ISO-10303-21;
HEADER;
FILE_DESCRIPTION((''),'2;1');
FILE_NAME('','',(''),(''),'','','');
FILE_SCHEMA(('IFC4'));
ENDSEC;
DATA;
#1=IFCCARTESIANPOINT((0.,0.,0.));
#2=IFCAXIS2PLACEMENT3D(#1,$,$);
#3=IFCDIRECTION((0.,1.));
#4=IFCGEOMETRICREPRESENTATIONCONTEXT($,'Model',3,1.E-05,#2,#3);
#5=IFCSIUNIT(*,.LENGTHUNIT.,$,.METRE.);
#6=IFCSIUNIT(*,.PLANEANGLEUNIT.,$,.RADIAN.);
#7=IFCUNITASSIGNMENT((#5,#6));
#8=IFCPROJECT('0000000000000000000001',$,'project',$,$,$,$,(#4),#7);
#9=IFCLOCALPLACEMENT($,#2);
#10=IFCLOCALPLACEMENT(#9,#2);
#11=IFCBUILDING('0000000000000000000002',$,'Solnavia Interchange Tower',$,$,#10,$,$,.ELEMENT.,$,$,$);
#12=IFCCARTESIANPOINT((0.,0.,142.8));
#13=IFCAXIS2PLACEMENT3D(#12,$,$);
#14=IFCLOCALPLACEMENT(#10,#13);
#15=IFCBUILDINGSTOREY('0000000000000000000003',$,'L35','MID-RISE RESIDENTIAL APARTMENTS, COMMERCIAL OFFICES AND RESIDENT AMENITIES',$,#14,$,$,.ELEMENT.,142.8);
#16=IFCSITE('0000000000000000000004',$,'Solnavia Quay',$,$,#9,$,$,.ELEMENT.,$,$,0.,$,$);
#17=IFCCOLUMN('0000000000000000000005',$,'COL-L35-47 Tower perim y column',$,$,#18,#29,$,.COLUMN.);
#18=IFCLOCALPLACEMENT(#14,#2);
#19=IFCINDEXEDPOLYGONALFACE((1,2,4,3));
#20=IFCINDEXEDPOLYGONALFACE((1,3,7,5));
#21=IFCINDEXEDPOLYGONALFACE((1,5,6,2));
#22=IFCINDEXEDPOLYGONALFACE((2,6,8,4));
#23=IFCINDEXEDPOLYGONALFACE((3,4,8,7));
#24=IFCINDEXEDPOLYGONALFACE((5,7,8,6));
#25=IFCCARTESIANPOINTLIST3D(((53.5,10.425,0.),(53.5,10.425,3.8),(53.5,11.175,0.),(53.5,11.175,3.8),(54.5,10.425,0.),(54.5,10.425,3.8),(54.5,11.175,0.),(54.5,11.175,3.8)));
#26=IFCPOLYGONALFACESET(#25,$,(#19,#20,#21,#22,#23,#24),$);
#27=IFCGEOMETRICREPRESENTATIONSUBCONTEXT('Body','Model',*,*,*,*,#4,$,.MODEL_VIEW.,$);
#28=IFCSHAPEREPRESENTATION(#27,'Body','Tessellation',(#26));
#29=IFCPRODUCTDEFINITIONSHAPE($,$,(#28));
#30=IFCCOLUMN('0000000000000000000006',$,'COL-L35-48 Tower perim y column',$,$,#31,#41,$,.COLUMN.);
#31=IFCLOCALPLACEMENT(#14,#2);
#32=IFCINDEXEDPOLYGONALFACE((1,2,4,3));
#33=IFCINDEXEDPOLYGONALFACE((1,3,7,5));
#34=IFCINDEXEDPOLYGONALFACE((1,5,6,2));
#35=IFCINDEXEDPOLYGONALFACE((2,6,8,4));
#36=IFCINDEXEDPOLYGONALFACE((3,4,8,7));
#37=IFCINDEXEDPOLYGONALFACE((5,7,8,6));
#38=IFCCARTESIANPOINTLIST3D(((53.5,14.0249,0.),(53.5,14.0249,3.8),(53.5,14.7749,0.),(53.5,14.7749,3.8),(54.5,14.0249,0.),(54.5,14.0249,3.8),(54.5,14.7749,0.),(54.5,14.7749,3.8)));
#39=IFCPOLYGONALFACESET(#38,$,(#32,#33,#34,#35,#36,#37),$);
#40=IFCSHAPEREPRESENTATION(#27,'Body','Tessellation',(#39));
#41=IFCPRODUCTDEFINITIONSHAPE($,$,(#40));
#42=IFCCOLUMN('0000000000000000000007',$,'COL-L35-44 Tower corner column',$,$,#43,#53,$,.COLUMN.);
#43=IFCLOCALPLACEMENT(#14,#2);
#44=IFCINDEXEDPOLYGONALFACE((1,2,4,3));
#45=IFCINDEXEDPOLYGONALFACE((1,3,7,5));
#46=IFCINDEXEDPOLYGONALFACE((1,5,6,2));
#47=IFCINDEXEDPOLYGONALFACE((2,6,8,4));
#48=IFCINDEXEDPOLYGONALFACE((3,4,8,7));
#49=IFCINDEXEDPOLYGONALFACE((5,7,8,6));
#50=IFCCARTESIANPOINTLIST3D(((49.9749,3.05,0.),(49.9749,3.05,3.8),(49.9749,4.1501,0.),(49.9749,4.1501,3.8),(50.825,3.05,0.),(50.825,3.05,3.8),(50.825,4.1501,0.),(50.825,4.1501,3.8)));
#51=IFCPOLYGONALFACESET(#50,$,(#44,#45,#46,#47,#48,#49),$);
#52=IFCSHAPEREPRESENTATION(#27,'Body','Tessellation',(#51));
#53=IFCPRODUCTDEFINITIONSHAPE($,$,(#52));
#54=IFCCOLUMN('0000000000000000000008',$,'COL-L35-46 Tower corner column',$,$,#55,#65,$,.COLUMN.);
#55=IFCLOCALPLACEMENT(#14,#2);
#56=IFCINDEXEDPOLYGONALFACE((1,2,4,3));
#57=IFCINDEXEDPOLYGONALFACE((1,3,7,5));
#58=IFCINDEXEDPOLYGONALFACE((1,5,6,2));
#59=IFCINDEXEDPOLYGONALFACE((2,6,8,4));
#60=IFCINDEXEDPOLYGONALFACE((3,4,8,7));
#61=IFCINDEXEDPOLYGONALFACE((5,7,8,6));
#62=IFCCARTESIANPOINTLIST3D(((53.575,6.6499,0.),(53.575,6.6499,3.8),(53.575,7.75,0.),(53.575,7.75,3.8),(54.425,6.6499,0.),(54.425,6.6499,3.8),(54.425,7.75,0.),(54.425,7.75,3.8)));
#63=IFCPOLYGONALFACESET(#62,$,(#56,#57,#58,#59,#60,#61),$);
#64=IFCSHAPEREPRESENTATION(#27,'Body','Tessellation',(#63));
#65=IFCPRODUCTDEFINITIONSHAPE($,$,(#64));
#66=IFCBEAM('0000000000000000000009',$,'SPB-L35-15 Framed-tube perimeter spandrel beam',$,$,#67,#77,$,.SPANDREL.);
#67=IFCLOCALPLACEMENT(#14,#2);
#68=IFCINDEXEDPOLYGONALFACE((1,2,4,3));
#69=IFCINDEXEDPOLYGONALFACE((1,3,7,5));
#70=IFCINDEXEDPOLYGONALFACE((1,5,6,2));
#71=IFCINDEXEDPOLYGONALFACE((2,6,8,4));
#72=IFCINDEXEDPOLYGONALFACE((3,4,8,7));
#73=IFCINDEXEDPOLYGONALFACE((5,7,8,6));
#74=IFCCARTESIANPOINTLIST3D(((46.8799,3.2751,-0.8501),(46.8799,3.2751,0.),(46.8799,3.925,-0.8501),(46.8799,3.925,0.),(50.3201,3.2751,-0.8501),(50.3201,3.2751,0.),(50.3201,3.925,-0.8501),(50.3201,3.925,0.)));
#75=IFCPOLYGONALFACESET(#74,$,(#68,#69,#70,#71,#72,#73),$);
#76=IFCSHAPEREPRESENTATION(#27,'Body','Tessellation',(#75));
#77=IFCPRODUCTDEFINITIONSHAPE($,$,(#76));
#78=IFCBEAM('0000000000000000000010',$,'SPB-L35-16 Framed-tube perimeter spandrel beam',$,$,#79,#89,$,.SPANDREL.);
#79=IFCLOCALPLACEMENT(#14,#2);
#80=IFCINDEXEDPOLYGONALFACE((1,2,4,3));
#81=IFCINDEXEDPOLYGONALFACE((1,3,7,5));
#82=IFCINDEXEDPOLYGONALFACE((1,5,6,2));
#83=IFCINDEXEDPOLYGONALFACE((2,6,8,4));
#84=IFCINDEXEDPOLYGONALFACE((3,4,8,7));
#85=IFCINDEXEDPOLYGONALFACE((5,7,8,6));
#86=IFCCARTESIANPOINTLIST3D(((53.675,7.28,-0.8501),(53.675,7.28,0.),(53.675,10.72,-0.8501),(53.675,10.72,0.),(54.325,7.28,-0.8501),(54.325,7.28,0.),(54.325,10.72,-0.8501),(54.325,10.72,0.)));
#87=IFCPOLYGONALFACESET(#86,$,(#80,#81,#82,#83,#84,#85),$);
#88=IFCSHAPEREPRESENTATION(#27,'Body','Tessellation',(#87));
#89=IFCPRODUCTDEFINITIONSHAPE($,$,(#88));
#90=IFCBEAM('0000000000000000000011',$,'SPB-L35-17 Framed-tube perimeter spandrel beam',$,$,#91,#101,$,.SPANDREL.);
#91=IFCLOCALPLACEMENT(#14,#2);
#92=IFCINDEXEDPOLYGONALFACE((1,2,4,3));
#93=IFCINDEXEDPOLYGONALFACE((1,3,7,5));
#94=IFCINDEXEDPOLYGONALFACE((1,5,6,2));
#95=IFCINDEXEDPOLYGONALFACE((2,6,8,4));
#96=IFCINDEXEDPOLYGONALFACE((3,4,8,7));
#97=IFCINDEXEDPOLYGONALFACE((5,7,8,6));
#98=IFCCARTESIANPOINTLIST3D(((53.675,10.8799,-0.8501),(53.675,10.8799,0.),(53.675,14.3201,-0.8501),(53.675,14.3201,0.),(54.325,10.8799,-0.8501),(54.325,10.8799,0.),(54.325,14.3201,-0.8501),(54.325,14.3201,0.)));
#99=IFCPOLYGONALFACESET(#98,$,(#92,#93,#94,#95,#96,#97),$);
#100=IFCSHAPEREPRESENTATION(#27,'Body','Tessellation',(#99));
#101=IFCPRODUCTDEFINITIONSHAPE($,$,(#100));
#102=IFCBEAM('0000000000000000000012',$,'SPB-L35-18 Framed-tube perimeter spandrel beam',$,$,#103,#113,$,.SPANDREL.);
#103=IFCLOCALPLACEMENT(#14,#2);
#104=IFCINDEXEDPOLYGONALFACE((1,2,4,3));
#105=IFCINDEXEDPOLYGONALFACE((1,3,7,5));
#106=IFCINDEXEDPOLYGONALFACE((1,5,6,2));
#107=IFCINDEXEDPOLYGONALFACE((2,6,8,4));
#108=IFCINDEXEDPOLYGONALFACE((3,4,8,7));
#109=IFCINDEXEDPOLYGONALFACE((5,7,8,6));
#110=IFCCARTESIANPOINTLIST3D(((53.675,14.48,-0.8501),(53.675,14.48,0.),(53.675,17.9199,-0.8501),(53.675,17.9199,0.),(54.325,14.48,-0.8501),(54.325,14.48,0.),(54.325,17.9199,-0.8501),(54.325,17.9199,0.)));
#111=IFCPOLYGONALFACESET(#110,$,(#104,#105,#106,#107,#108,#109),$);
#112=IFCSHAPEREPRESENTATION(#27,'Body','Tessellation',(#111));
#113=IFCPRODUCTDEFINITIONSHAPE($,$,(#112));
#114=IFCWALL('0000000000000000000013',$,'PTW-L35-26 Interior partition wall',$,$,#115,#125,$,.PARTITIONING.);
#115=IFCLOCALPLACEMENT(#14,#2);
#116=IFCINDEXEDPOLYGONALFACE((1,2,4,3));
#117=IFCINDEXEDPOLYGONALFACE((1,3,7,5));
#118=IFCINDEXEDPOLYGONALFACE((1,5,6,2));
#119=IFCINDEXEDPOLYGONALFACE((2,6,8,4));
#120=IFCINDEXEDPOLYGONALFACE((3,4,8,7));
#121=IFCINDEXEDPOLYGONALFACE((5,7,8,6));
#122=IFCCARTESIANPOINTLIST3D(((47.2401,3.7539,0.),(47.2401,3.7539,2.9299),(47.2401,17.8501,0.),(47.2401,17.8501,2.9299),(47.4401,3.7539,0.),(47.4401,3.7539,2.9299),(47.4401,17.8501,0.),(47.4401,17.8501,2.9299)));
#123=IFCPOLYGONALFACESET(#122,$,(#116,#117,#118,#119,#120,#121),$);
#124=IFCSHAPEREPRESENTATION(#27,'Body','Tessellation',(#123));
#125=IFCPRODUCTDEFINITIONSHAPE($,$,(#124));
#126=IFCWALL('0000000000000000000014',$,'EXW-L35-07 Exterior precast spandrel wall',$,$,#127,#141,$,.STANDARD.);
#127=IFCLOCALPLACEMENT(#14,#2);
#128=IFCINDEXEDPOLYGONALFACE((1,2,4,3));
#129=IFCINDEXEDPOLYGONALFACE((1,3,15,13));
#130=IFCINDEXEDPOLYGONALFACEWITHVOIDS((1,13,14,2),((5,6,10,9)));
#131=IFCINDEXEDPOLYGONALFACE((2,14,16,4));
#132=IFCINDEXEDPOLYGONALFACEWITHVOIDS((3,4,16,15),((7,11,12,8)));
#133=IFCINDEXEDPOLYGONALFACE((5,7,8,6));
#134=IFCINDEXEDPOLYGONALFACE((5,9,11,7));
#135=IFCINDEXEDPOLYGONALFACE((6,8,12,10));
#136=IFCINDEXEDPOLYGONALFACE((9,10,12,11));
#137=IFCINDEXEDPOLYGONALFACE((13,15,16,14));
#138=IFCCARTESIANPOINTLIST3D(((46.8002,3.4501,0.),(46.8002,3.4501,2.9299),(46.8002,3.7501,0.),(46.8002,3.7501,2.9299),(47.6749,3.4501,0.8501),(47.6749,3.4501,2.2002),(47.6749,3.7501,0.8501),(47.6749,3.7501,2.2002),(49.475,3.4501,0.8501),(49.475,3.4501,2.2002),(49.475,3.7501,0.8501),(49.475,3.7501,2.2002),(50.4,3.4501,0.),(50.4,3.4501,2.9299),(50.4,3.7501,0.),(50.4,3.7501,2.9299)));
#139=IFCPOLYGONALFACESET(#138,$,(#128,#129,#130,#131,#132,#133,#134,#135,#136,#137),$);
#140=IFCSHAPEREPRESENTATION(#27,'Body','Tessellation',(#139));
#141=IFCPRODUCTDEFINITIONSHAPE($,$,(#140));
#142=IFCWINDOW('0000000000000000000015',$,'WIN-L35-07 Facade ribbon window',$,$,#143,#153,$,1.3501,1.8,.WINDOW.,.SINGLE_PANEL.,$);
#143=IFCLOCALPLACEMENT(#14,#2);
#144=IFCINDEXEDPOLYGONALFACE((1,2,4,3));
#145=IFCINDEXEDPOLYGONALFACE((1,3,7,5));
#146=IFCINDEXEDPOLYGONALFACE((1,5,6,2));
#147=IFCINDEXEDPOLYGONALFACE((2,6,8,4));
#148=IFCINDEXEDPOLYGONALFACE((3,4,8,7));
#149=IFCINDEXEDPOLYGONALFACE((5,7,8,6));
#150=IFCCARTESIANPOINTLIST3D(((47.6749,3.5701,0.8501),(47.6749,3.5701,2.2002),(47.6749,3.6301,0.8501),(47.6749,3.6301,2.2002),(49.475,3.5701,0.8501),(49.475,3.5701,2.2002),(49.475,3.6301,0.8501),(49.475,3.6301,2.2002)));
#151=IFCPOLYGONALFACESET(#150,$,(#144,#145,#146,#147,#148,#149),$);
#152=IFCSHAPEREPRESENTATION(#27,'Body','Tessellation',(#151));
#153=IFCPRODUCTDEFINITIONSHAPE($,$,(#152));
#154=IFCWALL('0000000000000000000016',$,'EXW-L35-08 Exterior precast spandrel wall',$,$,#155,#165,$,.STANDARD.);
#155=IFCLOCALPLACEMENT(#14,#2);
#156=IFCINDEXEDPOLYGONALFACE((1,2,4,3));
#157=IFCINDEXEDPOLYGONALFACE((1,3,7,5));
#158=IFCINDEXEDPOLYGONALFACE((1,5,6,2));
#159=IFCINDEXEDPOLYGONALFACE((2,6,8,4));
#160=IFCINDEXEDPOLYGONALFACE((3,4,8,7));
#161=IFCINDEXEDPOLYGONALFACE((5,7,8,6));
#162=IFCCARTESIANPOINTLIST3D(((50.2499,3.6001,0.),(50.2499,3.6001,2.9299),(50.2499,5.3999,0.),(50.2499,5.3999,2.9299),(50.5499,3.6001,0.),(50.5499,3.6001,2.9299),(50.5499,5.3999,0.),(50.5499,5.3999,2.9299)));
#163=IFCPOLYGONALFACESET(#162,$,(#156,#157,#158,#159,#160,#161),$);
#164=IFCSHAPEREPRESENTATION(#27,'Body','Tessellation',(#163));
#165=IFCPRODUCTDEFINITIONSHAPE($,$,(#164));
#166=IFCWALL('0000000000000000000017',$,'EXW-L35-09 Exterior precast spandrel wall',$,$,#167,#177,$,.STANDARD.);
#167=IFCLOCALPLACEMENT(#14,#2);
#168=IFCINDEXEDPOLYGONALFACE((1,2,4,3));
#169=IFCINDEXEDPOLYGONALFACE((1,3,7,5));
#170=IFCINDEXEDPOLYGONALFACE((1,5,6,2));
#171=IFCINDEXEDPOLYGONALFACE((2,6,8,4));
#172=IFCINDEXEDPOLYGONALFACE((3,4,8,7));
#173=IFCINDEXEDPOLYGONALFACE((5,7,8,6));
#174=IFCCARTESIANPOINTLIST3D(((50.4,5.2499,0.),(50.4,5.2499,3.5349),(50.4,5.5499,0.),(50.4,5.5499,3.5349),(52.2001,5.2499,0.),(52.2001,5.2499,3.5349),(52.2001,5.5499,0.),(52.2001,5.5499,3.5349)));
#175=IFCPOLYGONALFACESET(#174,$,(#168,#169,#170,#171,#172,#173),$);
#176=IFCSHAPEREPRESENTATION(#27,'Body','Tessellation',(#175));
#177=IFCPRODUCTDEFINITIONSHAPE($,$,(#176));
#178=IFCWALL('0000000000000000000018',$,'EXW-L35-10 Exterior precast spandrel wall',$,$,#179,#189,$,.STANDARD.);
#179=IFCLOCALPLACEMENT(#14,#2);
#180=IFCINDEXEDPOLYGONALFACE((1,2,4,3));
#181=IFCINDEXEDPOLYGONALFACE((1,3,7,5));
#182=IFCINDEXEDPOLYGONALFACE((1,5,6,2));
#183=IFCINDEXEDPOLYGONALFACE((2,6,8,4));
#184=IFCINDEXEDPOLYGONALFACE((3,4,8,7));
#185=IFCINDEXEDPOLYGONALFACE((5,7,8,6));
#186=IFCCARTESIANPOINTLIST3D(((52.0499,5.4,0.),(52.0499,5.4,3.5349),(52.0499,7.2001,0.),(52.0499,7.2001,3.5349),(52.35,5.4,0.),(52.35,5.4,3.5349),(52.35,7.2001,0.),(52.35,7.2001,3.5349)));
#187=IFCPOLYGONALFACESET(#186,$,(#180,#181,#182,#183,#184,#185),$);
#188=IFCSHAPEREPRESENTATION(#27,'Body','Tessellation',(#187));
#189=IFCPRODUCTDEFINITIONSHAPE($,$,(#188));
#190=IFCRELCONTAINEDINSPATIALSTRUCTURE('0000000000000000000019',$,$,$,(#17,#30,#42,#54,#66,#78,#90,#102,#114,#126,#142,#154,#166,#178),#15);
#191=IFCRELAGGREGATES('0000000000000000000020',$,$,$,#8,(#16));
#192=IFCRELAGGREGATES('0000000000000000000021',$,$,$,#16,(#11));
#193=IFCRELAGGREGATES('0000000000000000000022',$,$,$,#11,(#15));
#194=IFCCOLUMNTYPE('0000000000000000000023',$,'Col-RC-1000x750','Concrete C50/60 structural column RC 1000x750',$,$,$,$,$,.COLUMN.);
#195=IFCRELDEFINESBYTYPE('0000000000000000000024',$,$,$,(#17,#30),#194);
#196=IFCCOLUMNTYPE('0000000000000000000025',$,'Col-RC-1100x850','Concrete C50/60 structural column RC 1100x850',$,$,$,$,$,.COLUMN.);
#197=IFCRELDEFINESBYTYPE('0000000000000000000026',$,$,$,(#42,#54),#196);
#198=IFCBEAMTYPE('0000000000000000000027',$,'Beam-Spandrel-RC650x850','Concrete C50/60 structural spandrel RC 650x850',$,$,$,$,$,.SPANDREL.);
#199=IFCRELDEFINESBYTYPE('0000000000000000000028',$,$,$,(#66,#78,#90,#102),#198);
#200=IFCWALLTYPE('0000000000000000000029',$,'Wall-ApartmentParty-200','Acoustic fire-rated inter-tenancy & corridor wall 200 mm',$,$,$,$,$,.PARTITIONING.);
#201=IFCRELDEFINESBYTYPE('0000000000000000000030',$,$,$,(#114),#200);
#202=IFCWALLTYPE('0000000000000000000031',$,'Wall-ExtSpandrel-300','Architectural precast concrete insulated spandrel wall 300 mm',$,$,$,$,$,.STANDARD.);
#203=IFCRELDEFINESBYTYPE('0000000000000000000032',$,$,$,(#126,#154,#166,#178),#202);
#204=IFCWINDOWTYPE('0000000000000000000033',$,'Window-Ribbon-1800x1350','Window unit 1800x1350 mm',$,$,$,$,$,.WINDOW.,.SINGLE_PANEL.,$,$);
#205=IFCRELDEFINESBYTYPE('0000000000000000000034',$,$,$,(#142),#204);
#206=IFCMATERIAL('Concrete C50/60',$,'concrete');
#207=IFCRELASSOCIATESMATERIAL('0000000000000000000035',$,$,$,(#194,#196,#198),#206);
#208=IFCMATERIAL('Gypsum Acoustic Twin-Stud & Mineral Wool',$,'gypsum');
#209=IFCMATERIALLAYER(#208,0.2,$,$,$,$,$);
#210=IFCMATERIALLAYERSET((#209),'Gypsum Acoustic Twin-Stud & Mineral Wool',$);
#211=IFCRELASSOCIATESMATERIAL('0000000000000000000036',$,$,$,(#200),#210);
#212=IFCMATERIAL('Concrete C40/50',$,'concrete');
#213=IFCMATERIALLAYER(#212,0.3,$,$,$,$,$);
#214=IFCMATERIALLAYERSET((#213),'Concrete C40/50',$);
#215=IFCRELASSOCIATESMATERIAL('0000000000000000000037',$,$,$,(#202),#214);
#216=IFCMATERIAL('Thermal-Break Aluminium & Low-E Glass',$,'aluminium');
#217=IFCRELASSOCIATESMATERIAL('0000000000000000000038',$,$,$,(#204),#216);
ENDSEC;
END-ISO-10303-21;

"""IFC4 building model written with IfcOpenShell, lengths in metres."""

from ifc_helpers import new_model, si_unit, direction, frame, frame_2d, origin, origin_2d, place, context, subcontext, project, spatial, rectangle, extrude, material, layer, layer_set, material_profile, profile_set, type_object, element, fill, save


model = new_model("IFC4")

# Units and contexts
model_context = context("Model", 3, precision=1e-05, world=origin(), true_north=direction((0.0, 1.0)))
body_context = subcontext(model_context, "Body", "Model", "MODEL_VIEW")
ifc_project = project(units=[si_unit("LENGTHUNIT", "METRE"), si_unit("PLANEANGLEUNIT", "RADIAN")], contexts=[model_context])

# Site, building, storey
site_placement = place(None, origin())
site = spatial("IfcSite", under=ifc_project, at=site_placement, Name="Solnavia Quay", CompositionType="ELEMENT", RefElevation=0.0)
building_placement = place(site_placement, origin())
building = spatial("IfcBuilding", under=site, at=building_placement, Name="Solnavia Interchange Tower", CompositionType="ELEMENT")
storey_placement = place(building_placement, frame((0.0, 0.0, 142.8)))
storey = spatial("IfcBuildingStorey", under=building, at=storey_placement, Name="L35", Description="MID-RISE RESIDENTIAL APARTMENTS, COMMERCIAL OFFICES AND RESIDENT AMENITIES", CompositionType="ELEMENT", Elevation=142.8)

# Columns
ifc_material_1 = material(Name="Concrete C50/60", Category="concrete")
ifc_material_profile_1 = material_profile(ifc_material_1, rectangle(XDim=0.75, YDim=1.0, at=origin_2d()), Name="RC 1000x750")
ifc_profile_set_1 = profile_set([ifc_material_profile_1], Name="Concrete C50/60")
column_type_1 = type_object("IfcColumnType", Name="Col-RC-1000x750", Description="Concrete C50/60 structural column RC 1000x750", PredefinedType="COLUMN", material=ifc_profile_set_1)
for number, where, z_axis, x_axis, name in (
    (1, (54.0, 10.8, 0.0), (0.0, 0.0, 1.0), (0.0, 1.0, 0.0), "COL-L35-47 Tower perim y column"),
    (2, (54.0, 14.3999, 0.0), (0.0, 0.0, 1.0), (0.0, 1.0, 0.0), "COL-L35-48 Tower perim y column"),
):
    element("IfcColumn", number, at=place(storey_placement, frame(where, z_axis=z_axis, x_axis=x_axis)), inside=storey, type_object=column_type_1, Name=name, PredefinedType="COLUMN", context=body_context, shape_type="SweptSolid", body=[
        extrude(rectangle(XDim=0.75, YDim=1.0, at=origin_2d()), origin(), (0.0, 0.0, 1.0), 3.8),
    ])
ifc_material_profile_2 = material_profile(ifc_material_1, rectangle(XDim=0.8501, YDim=1.1001, at=origin_2d()), Name="RC 1100x850")
ifc_profile_set_2 = profile_set([ifc_material_profile_2], Name="Concrete C50/60")
column_type_2 = type_object("IfcColumnType", Name="Col-RC-1100x850", Description="Concrete C50/60 structural column RC 1100x850", PredefinedType="COLUMN", material=ifc_profile_set_2)
for number, where, z_axis, x_axis, name in (
    (3, (50.3999, 3.6001, 0.0), (0.0, 0.0, 1.0), (1.0, 0.0, 0.0), "COL-L35-44 Tower corner column"),
    (4, (54.0, 7.2, 0.0), (0.0, 0.0, 1.0), (1.0, 0.0, 0.0), "COL-L35-46 Tower corner column"),
):
    element("IfcColumn", number, at=place(storey_placement, frame(where, z_axis=z_axis, x_axis=x_axis)), inside=storey, type_object=column_type_2, Name=name, PredefinedType="COLUMN", context=body_context, shape_type="SweptSolid", body=[
        extrude(rectangle(XDim=0.8501, YDim=1.1001, at=origin_2d()), origin(), (0.0, 0.0, 1.0), 3.8),
    ])

# Beams
ifc_material_profile_3 = material_profile(ifc_material_1, rectangle(XDim=0.6499, YDim=0.8501, at=origin_2d()), Name="RC 650x850")
ifc_profile_set_3 = profile_set([ifc_material_profile_3], Name="Concrete C50/60")
beam_type = type_object("IfcBeamType", Name="Beam-Spandrel-RC650x850", Description="Concrete C50/60 structural spandrel RC 650x850", PredefinedType="SPANDREL", material=ifc_profile_set_3)
beam_1_placement = place(storey_placement, frame((46.8799, 3.6001, -0.425), z_axis=(1.0, 0.0, 0.0), x_axis=(0.0, 1.0, 0.0)))
element("IfcBeam", 5, at=beam_1_placement, inside=storey, type_object=beam_type, Name="SPB-L35-15 Framed-tube perimeter spandrel beam", PredefinedType="SPANDREL", context=body_context, shape_type="SweptSolid", body=[
    extrude(rectangle(XDim=0.6499, YDim=0.8501, at=origin_2d()), origin(), (0.0, 0.0, 1.0), 3.4402),
])
beam_2_placement = place(storey_placement, frame((54.0, 7.28, -0.425), z_axis=(0.0, 1.0, 0.0), x_axis=(-1.0, 0.0, 0.0)))
element("IfcBeam", 6, at=beam_2_placement, inside=storey, type_object=beam_type, Name="SPB-L35-16 Framed-tube perimeter spandrel beam", PredefinedType="SPANDREL", context=body_context, shape_type="SweptSolid", body=[
    extrude(rectangle(XDim=0.6499, YDim=0.8501, at=origin_2d()), origin(), (0.0, 0.0, 1.0), 3.4399),
])
beam_3_placement = place(storey_placement, frame((54.0, 10.8799, -0.425), z_axis=(0.0, 1.0, 0.0), x_axis=(-1.0, 0.0, 0.0)))
element("IfcBeam", 7, at=beam_3_placement, inside=storey, type_object=beam_type, Name="SPB-L35-17 Framed-tube perimeter spandrel beam", PredefinedType="SPANDREL", context=body_context, shape_type="SweptSolid", body=[
    extrude(rectangle(XDim=0.6499, YDim=0.8501, at=origin_2d()), origin(), (0.0, 0.0, 1.0), 3.4402),
])
beam_4_placement = place(storey_placement, frame((54.0, 14.48, -0.425), z_axis=(0.0, 1.0, 0.0), x_axis=(-1.0, 0.0, 0.0)))
element("IfcBeam", 8, at=beam_4_placement, inside=storey, type_object=beam_type, Name="SPB-L35-18 Framed-tube perimeter spandrel beam", PredefinedType="SPANDREL", context=body_context, shape_type="SweptSolid", body=[
    extrude(rectangle(XDim=0.6499, YDim=0.8501, at=origin_2d()), origin(), (0.0, 0.0, 1.0), 3.4399),
])

# Wall
ifc_material_2 = material(Name="Gypsum Acoustic Twin-Stud & Mineral Wool", Category="gypsum")
ifc_layer_1 = layer(ifc_material_2, 0.2)
ifc_layer_set_1 = layer_set([ifc_layer_1], Name="Gypsum Acoustic Twin-Stud & Mineral Wool")
wall_type_1 = type_object("IfcWallType", Name="Wall-ApartmentParty-200", Description="Acoustic fire-rated inter-tenancy & corridor wall 200 mm", PredefinedType="PARTITIONING", material=ifc_layer_set_1)
wall_1_placement = place(storey_placement, frame((47.3401, 3.7539, 0.0), z_axis=(0.0, 0.0, 1.0), x_axis=(0.0, 1.0, 0.0)))
element("IfcWall", 9, at=wall_1_placement, inside=storey, type_object=wall_type_1, Name="PTW-L35-26 Interior partition wall", PredefinedType="PARTITIONING", context=body_context, shape_type="SweptSolid", body=[
    extrude(rectangle(XDim=14.0962, YDim=0.2, at=frame_2d((7.0481, 0.0))), origin(), (0.0, 0.0, 1.0), 2.9299),
])

# Wall, opening, window
ifc_material_3 = material(Name="Concrete C40/50", Category="concrete")
ifc_layer_2 = layer(ifc_material_3, 0.3)
ifc_layer_set_2 = layer_set([ifc_layer_2], Name="Concrete C40/50")
wall_type_2 = type_object("IfcWallType", Name="Wall-ExtSpandrel-300", Description="Architectural precast concrete insulated spandrel wall 300 mm", PredefinedType="STANDARD", material=ifc_layer_set_2)
wall_2_placement = place(storey_placement, frame((50.3999, 3.6001, 0.0), z_axis=(0.0, 0.0, 1.0), x_axis=(-1.0, 0.0, 0.0)))
wall_2 = element("IfcWall", 10, at=wall_2_placement, inside=storey, type_object=wall_type_2, Name="EXW-L35-07 Exterior precast spandrel wall", PredefinedType="STANDARD", context=body_context, shape_type="SweptSolid", body=[
    extrude(rectangle(XDim=3.5999, YDim=0.3, at=frame_2d((1.7998, 0.0))), origin(), (0.0, 0.0, 1.0), 2.9299),
])
opening_1_placement = place(wall_2_placement, frame((0.925, 0.0, 0.8501)))
opening_1 = element("IfcOpeningElement", 11, at=opening_1_placement, cuts=wall_2, PredefinedType="OPENING", context=body_context, shape_type="SweptSolid", body=[
    extrude(rectangle(XDim=1.8, YDim=1.3501, at=frame_2d((0.8999, 0.675))), frame((0.0, 0.1602, 0.0), z_axis=(0.0, -1.0, 0.0), x_axis=(1.0, 0.0, 0.0)), (0.0, 0.0, 1.0), 0.3201),
])
ifc_material_4 = material(Name="Thermal-Break Aluminium & Low-E Glass", Category="aluminium")
window_type = type_object("IfcWindowType", Name="Window-Ribbon-1800x1350", Description="Window unit 1800x1350 mm", PartitioningType="SINGLE_PANEL", PredefinedType="WINDOW", material=ifc_material_4)
window_1_placement = place(opening_1_placement, origin())
window_1 = element("IfcWindow", 12, at=window_1_placement, inside=storey, type_object=window_type, Name="WIN-L35-07 Facade ribbon window", OverallHeight=1.3501, OverallWidth=1.8, PartitioningType="SINGLE_PANEL", PredefinedType="WINDOW", context=body_context, shape_type="SweptSolid", body=[
    extrude(rectangle(XDim=1.8, YDim=1.3501, at=frame_2d((0.8999, 0.675))), frame((0.0, 0.03, 0.0), z_axis=(0.0, -1.0, 0.0), x_axis=(1.0, 0.0, 0.0)), (0.0, 0.0, 1.0), 0.0601),
])
fill(opening_1, window_1)

# Walls
wall_3_placement = place(storey_placement, frame((50.3999, 5.3999, 0.0), z_axis=(0.0, 0.0, 1.0), x_axis=(0.0, -1.0, 0.0)))
element("IfcWall", 13, at=wall_3_placement, inside=storey, type_object=wall_type_2, Name="EXW-L35-08 Exterior precast spandrel wall", PredefinedType="STANDARD", context=body_context, shape_type="SweptSolid", body=[
    extrude(rectangle(XDim=1.7998, YDim=0.3, at=frame_2d((0.8999, 0.0))), origin(), (0.0, 0.0, 1.0), 2.9299),
])
for number, where, z_axis, x_axis, name in (
    (14, (52.2, 5.3999, 0.0), (0.0, 0.0, 1.0), (-1.0, 0.0, 0.0), "EXW-L35-09 Exterior precast spandrel wall"),
    (15, (52.2, 7.2, 0.0), (0.0, 0.0, 1.0), (0.0, -1.0, 0.0), "EXW-L35-10 Exterior precast spandrel wall"),
):
    element("IfcWall", number, at=place(storey_placement, frame(where, z_axis=z_axis, x_axis=x_axis)), inside=storey, type_object=wall_type_2, Name=name, PredefinedType="STANDARD", context=body_context, shape_type="SweptSolid", body=[
        extrude(rectangle(XDim=1.8, YDim=0.3, at=frame_2d((0.8999, 0.0))), origin(), (0.0, 0.0, 1.0), 3.5349),
    ])

save(model, "model.ifc")
